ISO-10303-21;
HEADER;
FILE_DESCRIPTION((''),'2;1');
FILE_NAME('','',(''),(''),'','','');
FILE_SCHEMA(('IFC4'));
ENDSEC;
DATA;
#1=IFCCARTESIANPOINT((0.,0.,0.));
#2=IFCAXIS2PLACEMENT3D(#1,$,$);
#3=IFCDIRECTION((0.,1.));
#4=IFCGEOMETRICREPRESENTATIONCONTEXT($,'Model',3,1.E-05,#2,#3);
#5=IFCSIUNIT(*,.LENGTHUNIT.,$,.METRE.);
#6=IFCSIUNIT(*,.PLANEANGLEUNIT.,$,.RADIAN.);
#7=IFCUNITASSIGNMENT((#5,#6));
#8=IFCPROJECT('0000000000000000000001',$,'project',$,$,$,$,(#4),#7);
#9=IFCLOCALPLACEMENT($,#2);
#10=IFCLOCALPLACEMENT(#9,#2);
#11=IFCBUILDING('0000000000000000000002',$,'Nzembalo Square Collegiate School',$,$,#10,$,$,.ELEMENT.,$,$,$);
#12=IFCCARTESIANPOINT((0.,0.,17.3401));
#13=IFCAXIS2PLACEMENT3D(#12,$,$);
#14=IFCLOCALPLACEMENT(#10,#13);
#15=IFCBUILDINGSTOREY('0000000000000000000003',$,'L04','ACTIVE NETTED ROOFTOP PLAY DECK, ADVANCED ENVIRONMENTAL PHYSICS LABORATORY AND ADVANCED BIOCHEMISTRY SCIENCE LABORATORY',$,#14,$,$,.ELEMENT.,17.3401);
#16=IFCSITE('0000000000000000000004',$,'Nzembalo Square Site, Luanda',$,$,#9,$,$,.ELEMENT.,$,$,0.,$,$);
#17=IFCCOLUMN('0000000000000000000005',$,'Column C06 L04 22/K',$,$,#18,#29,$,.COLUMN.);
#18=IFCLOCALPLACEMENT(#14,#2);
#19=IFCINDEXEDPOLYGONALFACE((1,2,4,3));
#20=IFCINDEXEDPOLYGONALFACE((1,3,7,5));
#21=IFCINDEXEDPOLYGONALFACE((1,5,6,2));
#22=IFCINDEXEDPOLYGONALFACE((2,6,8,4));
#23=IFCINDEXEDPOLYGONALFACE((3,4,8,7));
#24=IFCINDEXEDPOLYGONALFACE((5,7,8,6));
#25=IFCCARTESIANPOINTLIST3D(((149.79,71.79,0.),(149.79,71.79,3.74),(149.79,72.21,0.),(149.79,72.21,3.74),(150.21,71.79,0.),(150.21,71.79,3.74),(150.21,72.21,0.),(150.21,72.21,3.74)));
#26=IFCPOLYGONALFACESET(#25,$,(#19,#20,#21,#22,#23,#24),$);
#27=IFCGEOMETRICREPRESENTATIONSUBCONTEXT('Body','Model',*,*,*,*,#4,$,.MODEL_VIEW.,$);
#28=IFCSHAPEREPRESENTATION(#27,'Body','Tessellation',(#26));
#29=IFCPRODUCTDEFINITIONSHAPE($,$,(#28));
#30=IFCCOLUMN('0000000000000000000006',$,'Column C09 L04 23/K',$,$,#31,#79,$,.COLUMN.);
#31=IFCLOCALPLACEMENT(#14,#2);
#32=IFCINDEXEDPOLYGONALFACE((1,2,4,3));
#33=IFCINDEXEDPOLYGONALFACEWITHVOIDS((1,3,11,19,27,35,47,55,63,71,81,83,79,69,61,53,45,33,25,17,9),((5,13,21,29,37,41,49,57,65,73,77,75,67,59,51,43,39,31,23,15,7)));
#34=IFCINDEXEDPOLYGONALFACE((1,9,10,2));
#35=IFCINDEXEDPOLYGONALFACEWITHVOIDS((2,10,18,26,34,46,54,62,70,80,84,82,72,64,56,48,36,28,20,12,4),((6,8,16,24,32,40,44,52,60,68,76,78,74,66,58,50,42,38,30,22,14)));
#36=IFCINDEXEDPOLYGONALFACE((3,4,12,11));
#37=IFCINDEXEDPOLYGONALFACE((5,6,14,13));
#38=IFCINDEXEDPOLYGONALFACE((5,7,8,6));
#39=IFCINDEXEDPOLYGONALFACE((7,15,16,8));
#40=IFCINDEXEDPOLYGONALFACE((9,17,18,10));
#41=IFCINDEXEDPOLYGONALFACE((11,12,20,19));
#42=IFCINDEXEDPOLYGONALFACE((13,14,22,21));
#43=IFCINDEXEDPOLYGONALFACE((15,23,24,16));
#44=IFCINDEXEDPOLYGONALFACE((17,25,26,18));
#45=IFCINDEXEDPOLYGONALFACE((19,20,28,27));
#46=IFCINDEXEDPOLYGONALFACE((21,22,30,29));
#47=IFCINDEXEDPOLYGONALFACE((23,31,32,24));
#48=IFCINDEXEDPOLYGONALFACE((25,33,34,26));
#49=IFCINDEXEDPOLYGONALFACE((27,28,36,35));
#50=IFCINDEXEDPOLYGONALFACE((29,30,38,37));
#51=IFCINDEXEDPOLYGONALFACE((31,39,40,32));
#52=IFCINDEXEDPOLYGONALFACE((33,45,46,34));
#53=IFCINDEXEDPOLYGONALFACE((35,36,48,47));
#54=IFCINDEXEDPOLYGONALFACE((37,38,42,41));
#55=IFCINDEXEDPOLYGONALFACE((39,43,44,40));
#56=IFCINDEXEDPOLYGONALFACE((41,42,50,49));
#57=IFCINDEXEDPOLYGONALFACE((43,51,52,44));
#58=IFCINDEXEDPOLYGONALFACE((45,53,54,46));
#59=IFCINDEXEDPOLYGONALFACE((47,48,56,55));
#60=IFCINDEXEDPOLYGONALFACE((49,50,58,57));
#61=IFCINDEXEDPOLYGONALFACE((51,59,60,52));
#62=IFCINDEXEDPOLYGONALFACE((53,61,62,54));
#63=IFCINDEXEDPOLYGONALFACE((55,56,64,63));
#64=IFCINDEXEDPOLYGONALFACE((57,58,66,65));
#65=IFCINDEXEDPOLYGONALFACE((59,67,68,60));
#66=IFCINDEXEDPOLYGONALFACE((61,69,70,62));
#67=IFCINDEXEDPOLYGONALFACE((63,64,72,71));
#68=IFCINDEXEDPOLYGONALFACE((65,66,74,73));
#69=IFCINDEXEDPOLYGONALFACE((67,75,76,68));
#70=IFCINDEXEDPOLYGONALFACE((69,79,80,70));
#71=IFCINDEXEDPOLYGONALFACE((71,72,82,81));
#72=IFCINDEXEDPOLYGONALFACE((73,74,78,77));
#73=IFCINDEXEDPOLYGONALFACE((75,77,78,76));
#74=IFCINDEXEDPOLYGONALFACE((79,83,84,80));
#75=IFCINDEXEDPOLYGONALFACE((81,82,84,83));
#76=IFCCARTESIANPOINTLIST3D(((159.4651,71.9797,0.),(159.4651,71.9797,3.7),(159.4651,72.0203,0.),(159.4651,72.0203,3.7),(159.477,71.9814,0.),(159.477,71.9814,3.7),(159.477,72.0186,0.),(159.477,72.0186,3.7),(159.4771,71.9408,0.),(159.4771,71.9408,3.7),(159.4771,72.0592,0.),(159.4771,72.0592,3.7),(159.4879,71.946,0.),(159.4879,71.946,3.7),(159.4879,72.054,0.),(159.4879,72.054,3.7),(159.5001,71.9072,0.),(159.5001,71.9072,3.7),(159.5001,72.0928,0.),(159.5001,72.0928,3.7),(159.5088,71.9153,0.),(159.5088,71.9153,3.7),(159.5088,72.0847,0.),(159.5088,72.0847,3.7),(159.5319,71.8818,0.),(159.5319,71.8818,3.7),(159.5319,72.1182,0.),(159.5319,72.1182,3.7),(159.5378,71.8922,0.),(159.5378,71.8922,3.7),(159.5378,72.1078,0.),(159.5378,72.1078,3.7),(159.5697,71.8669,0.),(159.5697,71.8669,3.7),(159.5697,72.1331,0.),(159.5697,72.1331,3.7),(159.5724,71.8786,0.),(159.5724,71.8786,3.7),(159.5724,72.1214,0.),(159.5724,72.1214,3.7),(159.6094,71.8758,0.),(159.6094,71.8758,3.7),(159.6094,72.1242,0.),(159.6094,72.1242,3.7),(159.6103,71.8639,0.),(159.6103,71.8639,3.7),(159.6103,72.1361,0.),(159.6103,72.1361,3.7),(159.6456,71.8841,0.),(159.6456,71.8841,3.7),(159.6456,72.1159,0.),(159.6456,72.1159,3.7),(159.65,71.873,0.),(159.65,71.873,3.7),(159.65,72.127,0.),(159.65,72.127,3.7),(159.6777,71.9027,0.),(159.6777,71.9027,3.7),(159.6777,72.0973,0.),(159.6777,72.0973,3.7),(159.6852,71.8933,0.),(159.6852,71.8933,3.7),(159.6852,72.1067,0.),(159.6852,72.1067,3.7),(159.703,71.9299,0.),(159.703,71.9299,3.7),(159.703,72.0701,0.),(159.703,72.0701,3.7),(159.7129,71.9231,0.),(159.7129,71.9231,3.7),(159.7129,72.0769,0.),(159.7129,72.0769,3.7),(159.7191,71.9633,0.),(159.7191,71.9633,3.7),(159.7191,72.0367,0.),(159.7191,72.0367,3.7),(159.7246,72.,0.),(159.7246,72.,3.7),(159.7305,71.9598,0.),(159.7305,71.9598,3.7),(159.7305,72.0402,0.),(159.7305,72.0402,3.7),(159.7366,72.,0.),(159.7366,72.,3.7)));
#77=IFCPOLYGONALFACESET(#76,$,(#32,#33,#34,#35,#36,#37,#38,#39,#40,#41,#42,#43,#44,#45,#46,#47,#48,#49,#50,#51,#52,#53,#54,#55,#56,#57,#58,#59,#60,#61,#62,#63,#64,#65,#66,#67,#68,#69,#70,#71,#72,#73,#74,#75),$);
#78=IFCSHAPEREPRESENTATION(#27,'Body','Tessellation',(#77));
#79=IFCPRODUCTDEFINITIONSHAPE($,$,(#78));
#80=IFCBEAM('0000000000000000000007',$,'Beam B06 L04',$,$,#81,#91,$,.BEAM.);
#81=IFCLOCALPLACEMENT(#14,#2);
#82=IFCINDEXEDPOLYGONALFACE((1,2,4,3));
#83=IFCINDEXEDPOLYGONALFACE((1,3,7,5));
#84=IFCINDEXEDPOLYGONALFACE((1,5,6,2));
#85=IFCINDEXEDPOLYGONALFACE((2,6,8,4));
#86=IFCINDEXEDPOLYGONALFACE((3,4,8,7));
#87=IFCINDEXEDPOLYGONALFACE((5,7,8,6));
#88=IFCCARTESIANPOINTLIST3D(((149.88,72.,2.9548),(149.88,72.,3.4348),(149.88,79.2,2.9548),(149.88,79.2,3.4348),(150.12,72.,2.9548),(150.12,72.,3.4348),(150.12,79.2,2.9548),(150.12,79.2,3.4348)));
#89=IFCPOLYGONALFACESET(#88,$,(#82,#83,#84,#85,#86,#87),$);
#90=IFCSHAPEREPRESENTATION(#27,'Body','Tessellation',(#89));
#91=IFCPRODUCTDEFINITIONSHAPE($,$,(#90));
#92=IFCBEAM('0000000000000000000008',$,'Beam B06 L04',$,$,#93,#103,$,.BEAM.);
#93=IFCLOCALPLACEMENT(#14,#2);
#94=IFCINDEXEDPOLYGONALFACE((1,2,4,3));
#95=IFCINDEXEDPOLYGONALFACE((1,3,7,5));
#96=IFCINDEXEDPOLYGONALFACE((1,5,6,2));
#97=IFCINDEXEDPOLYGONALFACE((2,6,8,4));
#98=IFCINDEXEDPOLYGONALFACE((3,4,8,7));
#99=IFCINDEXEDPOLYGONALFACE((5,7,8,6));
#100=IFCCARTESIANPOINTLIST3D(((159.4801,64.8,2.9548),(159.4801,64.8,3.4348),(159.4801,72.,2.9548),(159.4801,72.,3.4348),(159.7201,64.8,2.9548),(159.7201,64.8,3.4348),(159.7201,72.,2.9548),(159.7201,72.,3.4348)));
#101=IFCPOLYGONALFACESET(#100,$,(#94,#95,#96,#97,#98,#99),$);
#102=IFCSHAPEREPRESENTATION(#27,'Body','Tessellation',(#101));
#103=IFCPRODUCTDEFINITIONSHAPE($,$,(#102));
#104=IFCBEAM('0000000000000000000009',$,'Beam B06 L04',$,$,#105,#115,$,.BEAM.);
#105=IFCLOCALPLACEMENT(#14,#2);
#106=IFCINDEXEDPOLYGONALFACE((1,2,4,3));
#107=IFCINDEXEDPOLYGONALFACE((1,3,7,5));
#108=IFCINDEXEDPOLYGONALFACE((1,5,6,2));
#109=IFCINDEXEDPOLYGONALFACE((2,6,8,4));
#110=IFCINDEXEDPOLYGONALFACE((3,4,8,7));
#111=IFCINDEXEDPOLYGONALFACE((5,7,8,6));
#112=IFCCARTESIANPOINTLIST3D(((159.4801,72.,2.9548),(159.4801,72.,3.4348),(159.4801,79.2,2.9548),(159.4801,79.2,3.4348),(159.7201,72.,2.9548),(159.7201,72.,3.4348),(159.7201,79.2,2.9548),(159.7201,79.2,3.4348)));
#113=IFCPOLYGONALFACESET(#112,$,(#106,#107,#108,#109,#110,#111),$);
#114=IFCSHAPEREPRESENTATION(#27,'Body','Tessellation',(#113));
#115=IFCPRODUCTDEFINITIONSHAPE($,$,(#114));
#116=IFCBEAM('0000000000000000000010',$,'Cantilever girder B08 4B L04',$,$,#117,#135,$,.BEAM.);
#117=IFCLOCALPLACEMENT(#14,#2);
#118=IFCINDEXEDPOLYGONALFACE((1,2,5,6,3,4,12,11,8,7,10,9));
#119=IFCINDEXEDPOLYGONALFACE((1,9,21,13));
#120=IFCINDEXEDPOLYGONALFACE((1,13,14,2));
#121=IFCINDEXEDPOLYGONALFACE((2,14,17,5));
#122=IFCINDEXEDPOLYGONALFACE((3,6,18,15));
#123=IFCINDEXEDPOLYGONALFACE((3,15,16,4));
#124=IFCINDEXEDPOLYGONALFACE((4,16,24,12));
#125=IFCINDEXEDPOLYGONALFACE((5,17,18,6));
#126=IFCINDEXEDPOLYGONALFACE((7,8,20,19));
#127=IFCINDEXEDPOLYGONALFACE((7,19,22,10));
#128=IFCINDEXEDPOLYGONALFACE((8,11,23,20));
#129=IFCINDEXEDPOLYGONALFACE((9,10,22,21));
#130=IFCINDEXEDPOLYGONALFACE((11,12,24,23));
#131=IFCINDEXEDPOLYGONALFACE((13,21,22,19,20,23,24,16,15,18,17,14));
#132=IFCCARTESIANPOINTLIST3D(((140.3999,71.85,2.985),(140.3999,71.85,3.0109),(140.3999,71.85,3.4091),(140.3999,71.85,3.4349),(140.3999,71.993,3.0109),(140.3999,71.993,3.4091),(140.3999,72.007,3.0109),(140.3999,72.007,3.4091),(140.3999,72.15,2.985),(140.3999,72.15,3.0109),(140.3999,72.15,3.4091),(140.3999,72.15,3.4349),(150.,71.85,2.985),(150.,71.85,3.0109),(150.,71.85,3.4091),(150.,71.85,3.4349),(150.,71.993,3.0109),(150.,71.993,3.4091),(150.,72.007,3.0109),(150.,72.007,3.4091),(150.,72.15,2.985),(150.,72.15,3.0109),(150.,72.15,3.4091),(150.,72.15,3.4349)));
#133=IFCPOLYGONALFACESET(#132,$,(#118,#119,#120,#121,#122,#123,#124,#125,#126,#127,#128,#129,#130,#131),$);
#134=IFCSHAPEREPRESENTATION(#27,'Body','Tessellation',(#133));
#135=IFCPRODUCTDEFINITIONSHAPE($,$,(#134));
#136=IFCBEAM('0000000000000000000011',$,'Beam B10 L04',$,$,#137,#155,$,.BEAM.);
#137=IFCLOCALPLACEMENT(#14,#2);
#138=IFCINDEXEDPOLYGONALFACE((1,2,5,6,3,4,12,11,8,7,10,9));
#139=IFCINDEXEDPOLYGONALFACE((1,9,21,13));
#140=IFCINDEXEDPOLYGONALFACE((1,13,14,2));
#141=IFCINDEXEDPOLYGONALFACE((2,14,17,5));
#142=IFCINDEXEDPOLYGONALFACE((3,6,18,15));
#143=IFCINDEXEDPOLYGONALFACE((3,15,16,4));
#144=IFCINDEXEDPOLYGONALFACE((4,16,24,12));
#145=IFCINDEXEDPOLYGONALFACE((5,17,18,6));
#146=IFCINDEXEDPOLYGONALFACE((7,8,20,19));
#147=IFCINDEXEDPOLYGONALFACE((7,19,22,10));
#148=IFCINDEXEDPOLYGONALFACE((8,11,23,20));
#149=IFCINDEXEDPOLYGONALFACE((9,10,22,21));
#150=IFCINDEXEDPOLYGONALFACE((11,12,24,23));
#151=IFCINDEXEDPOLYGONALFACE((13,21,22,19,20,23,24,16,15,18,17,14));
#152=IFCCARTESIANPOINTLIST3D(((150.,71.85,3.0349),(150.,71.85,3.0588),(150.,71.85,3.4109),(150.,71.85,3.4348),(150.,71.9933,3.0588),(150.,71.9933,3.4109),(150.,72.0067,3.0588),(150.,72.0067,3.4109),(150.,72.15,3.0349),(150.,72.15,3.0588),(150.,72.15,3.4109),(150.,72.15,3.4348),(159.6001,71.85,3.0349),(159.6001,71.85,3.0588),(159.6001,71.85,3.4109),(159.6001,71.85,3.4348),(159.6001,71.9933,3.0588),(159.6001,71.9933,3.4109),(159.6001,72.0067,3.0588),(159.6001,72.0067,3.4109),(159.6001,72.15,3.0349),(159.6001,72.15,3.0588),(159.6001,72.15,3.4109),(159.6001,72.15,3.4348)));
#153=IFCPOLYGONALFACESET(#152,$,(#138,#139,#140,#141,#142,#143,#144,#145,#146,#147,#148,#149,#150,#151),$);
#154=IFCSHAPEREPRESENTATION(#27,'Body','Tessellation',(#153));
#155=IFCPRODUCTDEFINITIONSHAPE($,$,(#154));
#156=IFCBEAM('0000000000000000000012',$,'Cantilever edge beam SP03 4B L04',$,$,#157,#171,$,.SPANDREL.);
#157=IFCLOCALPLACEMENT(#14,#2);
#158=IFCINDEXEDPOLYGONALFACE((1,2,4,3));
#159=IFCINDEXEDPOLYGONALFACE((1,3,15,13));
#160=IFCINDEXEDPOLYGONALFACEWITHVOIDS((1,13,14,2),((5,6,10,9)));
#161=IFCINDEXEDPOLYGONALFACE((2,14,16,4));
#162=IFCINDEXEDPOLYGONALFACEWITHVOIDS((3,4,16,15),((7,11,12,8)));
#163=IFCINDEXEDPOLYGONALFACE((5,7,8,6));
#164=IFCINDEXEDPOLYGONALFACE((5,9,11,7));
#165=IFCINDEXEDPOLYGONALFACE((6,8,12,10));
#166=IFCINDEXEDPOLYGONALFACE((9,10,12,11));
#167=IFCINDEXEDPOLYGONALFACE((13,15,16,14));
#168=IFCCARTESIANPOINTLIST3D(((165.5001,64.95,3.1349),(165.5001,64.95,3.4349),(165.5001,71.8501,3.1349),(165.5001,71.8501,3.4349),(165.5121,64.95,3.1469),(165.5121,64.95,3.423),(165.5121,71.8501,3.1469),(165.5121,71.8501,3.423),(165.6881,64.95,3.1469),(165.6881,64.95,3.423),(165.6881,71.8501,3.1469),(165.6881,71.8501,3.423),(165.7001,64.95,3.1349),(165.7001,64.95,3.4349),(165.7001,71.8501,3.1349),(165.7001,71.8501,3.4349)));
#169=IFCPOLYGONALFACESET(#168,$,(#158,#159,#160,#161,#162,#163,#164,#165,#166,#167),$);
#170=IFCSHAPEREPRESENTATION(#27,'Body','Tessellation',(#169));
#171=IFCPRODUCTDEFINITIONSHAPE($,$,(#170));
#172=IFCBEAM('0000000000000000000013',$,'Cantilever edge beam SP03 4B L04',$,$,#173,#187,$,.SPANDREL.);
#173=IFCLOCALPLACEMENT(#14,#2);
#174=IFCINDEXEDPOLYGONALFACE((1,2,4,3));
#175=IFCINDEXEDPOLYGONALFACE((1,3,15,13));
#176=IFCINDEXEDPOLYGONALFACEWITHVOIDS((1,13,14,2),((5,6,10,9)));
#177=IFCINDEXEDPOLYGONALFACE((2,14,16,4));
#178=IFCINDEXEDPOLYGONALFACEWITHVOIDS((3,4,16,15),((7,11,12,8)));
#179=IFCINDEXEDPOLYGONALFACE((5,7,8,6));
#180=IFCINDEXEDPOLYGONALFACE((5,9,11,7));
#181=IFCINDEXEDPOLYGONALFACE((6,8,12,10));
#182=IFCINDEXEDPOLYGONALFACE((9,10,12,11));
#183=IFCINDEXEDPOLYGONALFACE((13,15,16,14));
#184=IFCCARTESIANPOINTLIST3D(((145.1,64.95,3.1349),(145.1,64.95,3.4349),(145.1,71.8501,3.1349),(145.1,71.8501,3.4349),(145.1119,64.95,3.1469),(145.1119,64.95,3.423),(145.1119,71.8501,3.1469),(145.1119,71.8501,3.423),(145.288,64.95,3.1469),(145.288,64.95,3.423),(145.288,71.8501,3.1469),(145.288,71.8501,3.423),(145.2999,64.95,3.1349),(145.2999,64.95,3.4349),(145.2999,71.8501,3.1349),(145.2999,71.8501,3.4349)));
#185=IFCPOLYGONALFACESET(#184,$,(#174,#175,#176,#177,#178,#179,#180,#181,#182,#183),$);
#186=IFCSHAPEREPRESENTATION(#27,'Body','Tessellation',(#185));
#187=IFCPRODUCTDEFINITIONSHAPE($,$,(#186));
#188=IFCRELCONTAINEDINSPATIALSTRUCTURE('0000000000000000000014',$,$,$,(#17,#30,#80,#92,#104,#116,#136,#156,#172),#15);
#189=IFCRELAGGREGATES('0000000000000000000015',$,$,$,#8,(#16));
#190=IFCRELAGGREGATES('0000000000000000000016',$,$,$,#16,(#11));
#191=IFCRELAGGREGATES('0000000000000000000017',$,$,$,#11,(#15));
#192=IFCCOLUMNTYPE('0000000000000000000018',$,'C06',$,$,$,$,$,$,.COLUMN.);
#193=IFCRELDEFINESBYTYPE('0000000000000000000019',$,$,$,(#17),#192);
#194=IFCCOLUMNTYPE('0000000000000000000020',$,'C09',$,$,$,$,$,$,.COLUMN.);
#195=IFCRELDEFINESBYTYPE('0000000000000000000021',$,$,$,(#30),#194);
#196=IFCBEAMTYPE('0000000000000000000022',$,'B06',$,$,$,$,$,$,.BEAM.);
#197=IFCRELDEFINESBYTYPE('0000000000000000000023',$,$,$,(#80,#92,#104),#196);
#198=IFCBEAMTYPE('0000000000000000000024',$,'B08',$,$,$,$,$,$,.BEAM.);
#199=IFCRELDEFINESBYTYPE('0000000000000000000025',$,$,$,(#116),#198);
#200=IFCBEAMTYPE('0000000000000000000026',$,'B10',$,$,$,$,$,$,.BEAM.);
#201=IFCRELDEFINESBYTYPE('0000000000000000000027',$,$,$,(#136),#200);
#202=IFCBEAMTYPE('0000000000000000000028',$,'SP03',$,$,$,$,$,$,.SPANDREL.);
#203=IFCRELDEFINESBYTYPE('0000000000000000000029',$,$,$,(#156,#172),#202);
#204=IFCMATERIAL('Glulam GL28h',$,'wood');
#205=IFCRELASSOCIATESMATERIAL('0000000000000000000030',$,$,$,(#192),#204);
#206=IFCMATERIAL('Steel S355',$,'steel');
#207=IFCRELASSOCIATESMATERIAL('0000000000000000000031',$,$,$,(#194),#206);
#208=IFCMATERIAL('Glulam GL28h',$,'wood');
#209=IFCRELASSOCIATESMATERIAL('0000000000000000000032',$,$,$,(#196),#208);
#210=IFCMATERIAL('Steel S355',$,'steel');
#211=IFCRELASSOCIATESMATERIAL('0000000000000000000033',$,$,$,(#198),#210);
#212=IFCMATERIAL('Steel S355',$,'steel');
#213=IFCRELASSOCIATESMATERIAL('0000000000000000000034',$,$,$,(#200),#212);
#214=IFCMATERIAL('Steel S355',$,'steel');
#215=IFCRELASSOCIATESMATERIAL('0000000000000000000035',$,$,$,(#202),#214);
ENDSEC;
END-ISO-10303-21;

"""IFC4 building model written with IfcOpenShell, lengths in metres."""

from ifc_helpers import new_model, si_unit, direction, frame, origin, origin_2d, place, context, subcontext, project, spatial, rectangle, hollow_rectangle, hollow_circle, i_section, extrude, material, material_profile, profile_set, type_object, element, save


model = new_model("IFC4")

# Units and contexts
model_context = context("Model", 3, precision=1e-05, world=origin(), true_north=direction((0.0, 1.0)))
body_context = subcontext(model_context, "Body", "Model", "MODEL_VIEW")
ifc_project = project(units=[si_unit("LENGTHUNIT", "METRE"), si_unit("PLANEANGLEUNIT", "RADIAN")], contexts=[model_context])

# Site, building, storey
site_placement = place(None, origin())
site = spatial("IfcSite", under=ifc_project, at=site_placement, Name="Nzembalo Square Site, Luanda", CompositionType="ELEMENT", RefElevation=0.0)
building_placement = place(site_placement, origin())
building = spatial("IfcBuilding", under=site, at=building_placement, Name="Nzembalo Square Collegiate School", CompositionType="ELEMENT")
storey_placement = place(building_placement, frame((0.0, 0.0, 17.3401)))
storey = spatial("IfcBuildingStorey", under=building, at=storey_placement, Name="L04", Description="ACTIVE NETTED ROOFTOP PLAY DECK, ADVANCED ENVIRONMENTAL PHYSICS LABORATORY AND ADVANCED BIOCHEMISTRY SCIENCE LABORATORY", CompositionType="ELEMENT", Elevation=17.3401)

# Columns
ifc_material_1 = material(Name="Glulam GL28h", Category="wood")
ifc_material_profile_1 = material_profile(ifc_material_1, rectangle(XDim=0.4199, YDim=0.4199, at=origin_2d()), Name="GL28h 420x420")
ifc_profile_set_1 = profile_set([ifc_material_profile_1], Name="Glulam GL28h")
column_type_1 = type_object("IfcColumnType", Name="C06", PredefinedType="COLUMN", material=ifc_profile_set_1)
column_1_placement = place(storey_placement, frame((150.0, 72.0, 0.0), z_axis=(0.0, 0.0, 1.0), x_axis=(1.0, 0.0, 0.0)))
element("IfcColumn", 1, at=column_1_placement, inside=storey, type_object=column_type_1, Name="Column C06 L04 22/K", PredefinedType="COLUMN", context=body_context, shape_type="SweptSolid", body=[
    extrude(rectangle(XDim=0.4199, YDim=0.4199, at=origin_2d()), origin(), (0.0, 0.0, 1.0), 3.74),
])
ifc_material_2 = material(Name="Steel S355", Category="steel")
ifc_material_profile_2 = material_profile(ifc_material_2, hollow_circle(Radius=0.1365, WallThickness=0.012, at=origin_2d()), Name="CHS 273x12")
ifc_profile_set_2 = profile_set([ifc_material_profile_2], Name="Steel S355")
column_type_2 = type_object("IfcColumnType", Name="C09", PredefinedType="COLUMN", material=ifc_profile_set_2)
column_2_placement = place(storey_placement, frame((159.6001, 72.0, 0.0), z_axis=(0.0, 0.0, 1.0), x_axis=(1.0, 0.0, 0.0)))
element("IfcColumn", 2, at=column_2_placement, inside=storey, type_object=column_type_2, Name="Column C09 L04 23/K", PredefinedType="COLUMN", context=body_context, shape_type="SweptSolid", body=[
    extrude(hollow_circle(Radius=0.1365, WallThickness=0.012, at=origin_2d()), origin(), (0.0, 0.0, 1.0), 3.7),
])

# Beams
ifc_material_3 = material(Name="Glulam GL28h", Category="wood")
ifc_material_profile_3 = material_profile(ifc_material_3, rectangle(XDim=0.24, YDim=0.48, at=origin_2d()), Name="GL28h 240x480")
ifc_profile_set_3 = profile_set([ifc_material_profile_3], Name="Glulam GL28h")
beam_type_1 = type_object("IfcBeamType", Name="B06", PredefinedType="BEAM", material=ifc_profile_set_3)
for number, where, z_axis, x_axis, name in (
    (3, (150.0, 72.0, 3.1948), (0.0, 1.0, 0.0), (-1.0, 0.0, 0.0), "Beam B06 L04"),
    (4, (159.6001, 64.8, 3.1948), (0.0, 1.0, 0.0), (-1.0, 0.0, 0.0), "Beam B06 L04"),
    (5, (159.6001, 72.0, 3.1948), (0.0, 1.0, 0.0), (-1.0, 0.0, 0.0), "Beam B06 L04"),
):
    element("IfcBeam", number, at=place(storey_placement, frame(where, z_axis=z_axis, x_axis=x_axis)), inside=storey, type_object=beam_type_1, Name=name, PredefinedType="BEAM", context=body_context, shape_type="SweptSolid", body=[
        extrude(rectangle(XDim=0.24, YDim=0.48, at=origin_2d()), origin(), (0.0, 0.0, 1.0), 7.2),
    ])
ifc_material_4 = material(Name="Steel S355", Category="steel")
ifc_material_profile_4 = material_profile(ifc_material_4, i_section(OverallWidth=0.3, OverallDepth=0.45, WebThickness=0.0139, FlangeThickness=0.0259, at=origin_2d()), Name="HEB 450")
ifc_profile_set_4 = profile_set([ifc_material_profile_4], Name="Steel S355")
beam_type_2 = type_object("IfcBeamType", Name="B08", PredefinedType="BEAM", material=ifc_profile_set_4)
beam_1_placement = place(storey_placement, frame((150.0, 72.0, 3.21), z_axis=(-1.0, 0.0, 0.0), x_axis=(0.0, -1.0, 0.0)))
element("IfcBeam", 6, at=beam_1_placement, inside=storey, type_object=beam_type_2, Name="Cantilever girder B08 4B L04", PredefinedType="BEAM", context=body_context, shape_type="SweptSolid", body=[
    extrude(i_section(OverallWidth=0.3, OverallDepth=0.45, WebThickness=0.0139, FlangeThickness=0.0259, at=origin_2d()), origin(), (0.0, 0.0, 1.0), 9.6001),
])
ifc_material_5 = material(Name="Steel S355", Category="steel")
ifc_material_profile_5 = material_profile(ifc_material_5, i_section(OverallWidth=0.3, OverallDepth=0.3999, WebThickness=0.0134, FlangeThickness=0.0239, at=origin_2d()), Name="HEB 400")
ifc_profile_set_5 = profile_set([ifc_material_profile_5], Name="Steel S355")
beam_type_3 = type_object("IfcBeamType", Name="B10", PredefinedType="BEAM", material=ifc_profile_set_5)
beam_2_placement = place(storey_placement, frame((150.0, 72.0, 3.2349), z_axis=(1.0, 0.0, 0.0), x_axis=(0.0, 1.0, 0.0)))
element("IfcBeam", 7, at=beam_2_placement, inside=storey, type_object=beam_type_3, Name="Beam B10 L04", PredefinedType="BEAM", context=body_context, shape_type="SweptSolid", body=[
    extrude(i_section(OverallWidth=0.3, OverallDepth=0.3999, WebThickness=0.0134, FlangeThickness=0.0239, at=origin_2d()), origin(), (0.0, 0.0, 1.0), 9.6001),
])
ifc_material_6 = material(Name="Steel S355", Category="steel")
ifc_material_profile_6 = material_profile(ifc_material_6, hollow_rectangle(XDim=0.2, YDim=0.3, WallThickness=0.012, at=origin_2d()), Name="RHS 300x200x12")
ifc_profile_set_6 = profile_set([ifc_material_profile_6], Name="Steel S355")
beam_type_4 = type_object("IfcBeamType", Name="SP03", PredefinedType="SPANDREL", material=ifc_profile_set_6)
for number, where, z_axis, x_axis, name in (
    (8, (165.6001, 64.95, 3.2849), (0.0, 1.0, 0.0), (-1.0, 0.0, 0.0), "Cantilever edge beam SP03 4B L04"),
    (9, (145.2, 64.95, 3.2849), (0.0, 1.0, 0.0), (-1.0, 0.0, 0.0), "Cantilever edge beam SP03 4B L04"),
):
    element("IfcBeam", number, at=place(storey_placement, frame(where, z_axis=z_axis, x_axis=x_axis)), inside=storey, type_object=beam_type_4, Name=name, PredefinedType="SPANDREL", context=body_context, shape_type="SweptSolid", body=[
        extrude(hollow_rectangle(XDim=0.2, YDim=0.3, WallThickness=0.012, at=origin_2d()), origin(), (0.0, 0.0, 1.0), 6.9001),
    ])

save(model, "model.ifc")
